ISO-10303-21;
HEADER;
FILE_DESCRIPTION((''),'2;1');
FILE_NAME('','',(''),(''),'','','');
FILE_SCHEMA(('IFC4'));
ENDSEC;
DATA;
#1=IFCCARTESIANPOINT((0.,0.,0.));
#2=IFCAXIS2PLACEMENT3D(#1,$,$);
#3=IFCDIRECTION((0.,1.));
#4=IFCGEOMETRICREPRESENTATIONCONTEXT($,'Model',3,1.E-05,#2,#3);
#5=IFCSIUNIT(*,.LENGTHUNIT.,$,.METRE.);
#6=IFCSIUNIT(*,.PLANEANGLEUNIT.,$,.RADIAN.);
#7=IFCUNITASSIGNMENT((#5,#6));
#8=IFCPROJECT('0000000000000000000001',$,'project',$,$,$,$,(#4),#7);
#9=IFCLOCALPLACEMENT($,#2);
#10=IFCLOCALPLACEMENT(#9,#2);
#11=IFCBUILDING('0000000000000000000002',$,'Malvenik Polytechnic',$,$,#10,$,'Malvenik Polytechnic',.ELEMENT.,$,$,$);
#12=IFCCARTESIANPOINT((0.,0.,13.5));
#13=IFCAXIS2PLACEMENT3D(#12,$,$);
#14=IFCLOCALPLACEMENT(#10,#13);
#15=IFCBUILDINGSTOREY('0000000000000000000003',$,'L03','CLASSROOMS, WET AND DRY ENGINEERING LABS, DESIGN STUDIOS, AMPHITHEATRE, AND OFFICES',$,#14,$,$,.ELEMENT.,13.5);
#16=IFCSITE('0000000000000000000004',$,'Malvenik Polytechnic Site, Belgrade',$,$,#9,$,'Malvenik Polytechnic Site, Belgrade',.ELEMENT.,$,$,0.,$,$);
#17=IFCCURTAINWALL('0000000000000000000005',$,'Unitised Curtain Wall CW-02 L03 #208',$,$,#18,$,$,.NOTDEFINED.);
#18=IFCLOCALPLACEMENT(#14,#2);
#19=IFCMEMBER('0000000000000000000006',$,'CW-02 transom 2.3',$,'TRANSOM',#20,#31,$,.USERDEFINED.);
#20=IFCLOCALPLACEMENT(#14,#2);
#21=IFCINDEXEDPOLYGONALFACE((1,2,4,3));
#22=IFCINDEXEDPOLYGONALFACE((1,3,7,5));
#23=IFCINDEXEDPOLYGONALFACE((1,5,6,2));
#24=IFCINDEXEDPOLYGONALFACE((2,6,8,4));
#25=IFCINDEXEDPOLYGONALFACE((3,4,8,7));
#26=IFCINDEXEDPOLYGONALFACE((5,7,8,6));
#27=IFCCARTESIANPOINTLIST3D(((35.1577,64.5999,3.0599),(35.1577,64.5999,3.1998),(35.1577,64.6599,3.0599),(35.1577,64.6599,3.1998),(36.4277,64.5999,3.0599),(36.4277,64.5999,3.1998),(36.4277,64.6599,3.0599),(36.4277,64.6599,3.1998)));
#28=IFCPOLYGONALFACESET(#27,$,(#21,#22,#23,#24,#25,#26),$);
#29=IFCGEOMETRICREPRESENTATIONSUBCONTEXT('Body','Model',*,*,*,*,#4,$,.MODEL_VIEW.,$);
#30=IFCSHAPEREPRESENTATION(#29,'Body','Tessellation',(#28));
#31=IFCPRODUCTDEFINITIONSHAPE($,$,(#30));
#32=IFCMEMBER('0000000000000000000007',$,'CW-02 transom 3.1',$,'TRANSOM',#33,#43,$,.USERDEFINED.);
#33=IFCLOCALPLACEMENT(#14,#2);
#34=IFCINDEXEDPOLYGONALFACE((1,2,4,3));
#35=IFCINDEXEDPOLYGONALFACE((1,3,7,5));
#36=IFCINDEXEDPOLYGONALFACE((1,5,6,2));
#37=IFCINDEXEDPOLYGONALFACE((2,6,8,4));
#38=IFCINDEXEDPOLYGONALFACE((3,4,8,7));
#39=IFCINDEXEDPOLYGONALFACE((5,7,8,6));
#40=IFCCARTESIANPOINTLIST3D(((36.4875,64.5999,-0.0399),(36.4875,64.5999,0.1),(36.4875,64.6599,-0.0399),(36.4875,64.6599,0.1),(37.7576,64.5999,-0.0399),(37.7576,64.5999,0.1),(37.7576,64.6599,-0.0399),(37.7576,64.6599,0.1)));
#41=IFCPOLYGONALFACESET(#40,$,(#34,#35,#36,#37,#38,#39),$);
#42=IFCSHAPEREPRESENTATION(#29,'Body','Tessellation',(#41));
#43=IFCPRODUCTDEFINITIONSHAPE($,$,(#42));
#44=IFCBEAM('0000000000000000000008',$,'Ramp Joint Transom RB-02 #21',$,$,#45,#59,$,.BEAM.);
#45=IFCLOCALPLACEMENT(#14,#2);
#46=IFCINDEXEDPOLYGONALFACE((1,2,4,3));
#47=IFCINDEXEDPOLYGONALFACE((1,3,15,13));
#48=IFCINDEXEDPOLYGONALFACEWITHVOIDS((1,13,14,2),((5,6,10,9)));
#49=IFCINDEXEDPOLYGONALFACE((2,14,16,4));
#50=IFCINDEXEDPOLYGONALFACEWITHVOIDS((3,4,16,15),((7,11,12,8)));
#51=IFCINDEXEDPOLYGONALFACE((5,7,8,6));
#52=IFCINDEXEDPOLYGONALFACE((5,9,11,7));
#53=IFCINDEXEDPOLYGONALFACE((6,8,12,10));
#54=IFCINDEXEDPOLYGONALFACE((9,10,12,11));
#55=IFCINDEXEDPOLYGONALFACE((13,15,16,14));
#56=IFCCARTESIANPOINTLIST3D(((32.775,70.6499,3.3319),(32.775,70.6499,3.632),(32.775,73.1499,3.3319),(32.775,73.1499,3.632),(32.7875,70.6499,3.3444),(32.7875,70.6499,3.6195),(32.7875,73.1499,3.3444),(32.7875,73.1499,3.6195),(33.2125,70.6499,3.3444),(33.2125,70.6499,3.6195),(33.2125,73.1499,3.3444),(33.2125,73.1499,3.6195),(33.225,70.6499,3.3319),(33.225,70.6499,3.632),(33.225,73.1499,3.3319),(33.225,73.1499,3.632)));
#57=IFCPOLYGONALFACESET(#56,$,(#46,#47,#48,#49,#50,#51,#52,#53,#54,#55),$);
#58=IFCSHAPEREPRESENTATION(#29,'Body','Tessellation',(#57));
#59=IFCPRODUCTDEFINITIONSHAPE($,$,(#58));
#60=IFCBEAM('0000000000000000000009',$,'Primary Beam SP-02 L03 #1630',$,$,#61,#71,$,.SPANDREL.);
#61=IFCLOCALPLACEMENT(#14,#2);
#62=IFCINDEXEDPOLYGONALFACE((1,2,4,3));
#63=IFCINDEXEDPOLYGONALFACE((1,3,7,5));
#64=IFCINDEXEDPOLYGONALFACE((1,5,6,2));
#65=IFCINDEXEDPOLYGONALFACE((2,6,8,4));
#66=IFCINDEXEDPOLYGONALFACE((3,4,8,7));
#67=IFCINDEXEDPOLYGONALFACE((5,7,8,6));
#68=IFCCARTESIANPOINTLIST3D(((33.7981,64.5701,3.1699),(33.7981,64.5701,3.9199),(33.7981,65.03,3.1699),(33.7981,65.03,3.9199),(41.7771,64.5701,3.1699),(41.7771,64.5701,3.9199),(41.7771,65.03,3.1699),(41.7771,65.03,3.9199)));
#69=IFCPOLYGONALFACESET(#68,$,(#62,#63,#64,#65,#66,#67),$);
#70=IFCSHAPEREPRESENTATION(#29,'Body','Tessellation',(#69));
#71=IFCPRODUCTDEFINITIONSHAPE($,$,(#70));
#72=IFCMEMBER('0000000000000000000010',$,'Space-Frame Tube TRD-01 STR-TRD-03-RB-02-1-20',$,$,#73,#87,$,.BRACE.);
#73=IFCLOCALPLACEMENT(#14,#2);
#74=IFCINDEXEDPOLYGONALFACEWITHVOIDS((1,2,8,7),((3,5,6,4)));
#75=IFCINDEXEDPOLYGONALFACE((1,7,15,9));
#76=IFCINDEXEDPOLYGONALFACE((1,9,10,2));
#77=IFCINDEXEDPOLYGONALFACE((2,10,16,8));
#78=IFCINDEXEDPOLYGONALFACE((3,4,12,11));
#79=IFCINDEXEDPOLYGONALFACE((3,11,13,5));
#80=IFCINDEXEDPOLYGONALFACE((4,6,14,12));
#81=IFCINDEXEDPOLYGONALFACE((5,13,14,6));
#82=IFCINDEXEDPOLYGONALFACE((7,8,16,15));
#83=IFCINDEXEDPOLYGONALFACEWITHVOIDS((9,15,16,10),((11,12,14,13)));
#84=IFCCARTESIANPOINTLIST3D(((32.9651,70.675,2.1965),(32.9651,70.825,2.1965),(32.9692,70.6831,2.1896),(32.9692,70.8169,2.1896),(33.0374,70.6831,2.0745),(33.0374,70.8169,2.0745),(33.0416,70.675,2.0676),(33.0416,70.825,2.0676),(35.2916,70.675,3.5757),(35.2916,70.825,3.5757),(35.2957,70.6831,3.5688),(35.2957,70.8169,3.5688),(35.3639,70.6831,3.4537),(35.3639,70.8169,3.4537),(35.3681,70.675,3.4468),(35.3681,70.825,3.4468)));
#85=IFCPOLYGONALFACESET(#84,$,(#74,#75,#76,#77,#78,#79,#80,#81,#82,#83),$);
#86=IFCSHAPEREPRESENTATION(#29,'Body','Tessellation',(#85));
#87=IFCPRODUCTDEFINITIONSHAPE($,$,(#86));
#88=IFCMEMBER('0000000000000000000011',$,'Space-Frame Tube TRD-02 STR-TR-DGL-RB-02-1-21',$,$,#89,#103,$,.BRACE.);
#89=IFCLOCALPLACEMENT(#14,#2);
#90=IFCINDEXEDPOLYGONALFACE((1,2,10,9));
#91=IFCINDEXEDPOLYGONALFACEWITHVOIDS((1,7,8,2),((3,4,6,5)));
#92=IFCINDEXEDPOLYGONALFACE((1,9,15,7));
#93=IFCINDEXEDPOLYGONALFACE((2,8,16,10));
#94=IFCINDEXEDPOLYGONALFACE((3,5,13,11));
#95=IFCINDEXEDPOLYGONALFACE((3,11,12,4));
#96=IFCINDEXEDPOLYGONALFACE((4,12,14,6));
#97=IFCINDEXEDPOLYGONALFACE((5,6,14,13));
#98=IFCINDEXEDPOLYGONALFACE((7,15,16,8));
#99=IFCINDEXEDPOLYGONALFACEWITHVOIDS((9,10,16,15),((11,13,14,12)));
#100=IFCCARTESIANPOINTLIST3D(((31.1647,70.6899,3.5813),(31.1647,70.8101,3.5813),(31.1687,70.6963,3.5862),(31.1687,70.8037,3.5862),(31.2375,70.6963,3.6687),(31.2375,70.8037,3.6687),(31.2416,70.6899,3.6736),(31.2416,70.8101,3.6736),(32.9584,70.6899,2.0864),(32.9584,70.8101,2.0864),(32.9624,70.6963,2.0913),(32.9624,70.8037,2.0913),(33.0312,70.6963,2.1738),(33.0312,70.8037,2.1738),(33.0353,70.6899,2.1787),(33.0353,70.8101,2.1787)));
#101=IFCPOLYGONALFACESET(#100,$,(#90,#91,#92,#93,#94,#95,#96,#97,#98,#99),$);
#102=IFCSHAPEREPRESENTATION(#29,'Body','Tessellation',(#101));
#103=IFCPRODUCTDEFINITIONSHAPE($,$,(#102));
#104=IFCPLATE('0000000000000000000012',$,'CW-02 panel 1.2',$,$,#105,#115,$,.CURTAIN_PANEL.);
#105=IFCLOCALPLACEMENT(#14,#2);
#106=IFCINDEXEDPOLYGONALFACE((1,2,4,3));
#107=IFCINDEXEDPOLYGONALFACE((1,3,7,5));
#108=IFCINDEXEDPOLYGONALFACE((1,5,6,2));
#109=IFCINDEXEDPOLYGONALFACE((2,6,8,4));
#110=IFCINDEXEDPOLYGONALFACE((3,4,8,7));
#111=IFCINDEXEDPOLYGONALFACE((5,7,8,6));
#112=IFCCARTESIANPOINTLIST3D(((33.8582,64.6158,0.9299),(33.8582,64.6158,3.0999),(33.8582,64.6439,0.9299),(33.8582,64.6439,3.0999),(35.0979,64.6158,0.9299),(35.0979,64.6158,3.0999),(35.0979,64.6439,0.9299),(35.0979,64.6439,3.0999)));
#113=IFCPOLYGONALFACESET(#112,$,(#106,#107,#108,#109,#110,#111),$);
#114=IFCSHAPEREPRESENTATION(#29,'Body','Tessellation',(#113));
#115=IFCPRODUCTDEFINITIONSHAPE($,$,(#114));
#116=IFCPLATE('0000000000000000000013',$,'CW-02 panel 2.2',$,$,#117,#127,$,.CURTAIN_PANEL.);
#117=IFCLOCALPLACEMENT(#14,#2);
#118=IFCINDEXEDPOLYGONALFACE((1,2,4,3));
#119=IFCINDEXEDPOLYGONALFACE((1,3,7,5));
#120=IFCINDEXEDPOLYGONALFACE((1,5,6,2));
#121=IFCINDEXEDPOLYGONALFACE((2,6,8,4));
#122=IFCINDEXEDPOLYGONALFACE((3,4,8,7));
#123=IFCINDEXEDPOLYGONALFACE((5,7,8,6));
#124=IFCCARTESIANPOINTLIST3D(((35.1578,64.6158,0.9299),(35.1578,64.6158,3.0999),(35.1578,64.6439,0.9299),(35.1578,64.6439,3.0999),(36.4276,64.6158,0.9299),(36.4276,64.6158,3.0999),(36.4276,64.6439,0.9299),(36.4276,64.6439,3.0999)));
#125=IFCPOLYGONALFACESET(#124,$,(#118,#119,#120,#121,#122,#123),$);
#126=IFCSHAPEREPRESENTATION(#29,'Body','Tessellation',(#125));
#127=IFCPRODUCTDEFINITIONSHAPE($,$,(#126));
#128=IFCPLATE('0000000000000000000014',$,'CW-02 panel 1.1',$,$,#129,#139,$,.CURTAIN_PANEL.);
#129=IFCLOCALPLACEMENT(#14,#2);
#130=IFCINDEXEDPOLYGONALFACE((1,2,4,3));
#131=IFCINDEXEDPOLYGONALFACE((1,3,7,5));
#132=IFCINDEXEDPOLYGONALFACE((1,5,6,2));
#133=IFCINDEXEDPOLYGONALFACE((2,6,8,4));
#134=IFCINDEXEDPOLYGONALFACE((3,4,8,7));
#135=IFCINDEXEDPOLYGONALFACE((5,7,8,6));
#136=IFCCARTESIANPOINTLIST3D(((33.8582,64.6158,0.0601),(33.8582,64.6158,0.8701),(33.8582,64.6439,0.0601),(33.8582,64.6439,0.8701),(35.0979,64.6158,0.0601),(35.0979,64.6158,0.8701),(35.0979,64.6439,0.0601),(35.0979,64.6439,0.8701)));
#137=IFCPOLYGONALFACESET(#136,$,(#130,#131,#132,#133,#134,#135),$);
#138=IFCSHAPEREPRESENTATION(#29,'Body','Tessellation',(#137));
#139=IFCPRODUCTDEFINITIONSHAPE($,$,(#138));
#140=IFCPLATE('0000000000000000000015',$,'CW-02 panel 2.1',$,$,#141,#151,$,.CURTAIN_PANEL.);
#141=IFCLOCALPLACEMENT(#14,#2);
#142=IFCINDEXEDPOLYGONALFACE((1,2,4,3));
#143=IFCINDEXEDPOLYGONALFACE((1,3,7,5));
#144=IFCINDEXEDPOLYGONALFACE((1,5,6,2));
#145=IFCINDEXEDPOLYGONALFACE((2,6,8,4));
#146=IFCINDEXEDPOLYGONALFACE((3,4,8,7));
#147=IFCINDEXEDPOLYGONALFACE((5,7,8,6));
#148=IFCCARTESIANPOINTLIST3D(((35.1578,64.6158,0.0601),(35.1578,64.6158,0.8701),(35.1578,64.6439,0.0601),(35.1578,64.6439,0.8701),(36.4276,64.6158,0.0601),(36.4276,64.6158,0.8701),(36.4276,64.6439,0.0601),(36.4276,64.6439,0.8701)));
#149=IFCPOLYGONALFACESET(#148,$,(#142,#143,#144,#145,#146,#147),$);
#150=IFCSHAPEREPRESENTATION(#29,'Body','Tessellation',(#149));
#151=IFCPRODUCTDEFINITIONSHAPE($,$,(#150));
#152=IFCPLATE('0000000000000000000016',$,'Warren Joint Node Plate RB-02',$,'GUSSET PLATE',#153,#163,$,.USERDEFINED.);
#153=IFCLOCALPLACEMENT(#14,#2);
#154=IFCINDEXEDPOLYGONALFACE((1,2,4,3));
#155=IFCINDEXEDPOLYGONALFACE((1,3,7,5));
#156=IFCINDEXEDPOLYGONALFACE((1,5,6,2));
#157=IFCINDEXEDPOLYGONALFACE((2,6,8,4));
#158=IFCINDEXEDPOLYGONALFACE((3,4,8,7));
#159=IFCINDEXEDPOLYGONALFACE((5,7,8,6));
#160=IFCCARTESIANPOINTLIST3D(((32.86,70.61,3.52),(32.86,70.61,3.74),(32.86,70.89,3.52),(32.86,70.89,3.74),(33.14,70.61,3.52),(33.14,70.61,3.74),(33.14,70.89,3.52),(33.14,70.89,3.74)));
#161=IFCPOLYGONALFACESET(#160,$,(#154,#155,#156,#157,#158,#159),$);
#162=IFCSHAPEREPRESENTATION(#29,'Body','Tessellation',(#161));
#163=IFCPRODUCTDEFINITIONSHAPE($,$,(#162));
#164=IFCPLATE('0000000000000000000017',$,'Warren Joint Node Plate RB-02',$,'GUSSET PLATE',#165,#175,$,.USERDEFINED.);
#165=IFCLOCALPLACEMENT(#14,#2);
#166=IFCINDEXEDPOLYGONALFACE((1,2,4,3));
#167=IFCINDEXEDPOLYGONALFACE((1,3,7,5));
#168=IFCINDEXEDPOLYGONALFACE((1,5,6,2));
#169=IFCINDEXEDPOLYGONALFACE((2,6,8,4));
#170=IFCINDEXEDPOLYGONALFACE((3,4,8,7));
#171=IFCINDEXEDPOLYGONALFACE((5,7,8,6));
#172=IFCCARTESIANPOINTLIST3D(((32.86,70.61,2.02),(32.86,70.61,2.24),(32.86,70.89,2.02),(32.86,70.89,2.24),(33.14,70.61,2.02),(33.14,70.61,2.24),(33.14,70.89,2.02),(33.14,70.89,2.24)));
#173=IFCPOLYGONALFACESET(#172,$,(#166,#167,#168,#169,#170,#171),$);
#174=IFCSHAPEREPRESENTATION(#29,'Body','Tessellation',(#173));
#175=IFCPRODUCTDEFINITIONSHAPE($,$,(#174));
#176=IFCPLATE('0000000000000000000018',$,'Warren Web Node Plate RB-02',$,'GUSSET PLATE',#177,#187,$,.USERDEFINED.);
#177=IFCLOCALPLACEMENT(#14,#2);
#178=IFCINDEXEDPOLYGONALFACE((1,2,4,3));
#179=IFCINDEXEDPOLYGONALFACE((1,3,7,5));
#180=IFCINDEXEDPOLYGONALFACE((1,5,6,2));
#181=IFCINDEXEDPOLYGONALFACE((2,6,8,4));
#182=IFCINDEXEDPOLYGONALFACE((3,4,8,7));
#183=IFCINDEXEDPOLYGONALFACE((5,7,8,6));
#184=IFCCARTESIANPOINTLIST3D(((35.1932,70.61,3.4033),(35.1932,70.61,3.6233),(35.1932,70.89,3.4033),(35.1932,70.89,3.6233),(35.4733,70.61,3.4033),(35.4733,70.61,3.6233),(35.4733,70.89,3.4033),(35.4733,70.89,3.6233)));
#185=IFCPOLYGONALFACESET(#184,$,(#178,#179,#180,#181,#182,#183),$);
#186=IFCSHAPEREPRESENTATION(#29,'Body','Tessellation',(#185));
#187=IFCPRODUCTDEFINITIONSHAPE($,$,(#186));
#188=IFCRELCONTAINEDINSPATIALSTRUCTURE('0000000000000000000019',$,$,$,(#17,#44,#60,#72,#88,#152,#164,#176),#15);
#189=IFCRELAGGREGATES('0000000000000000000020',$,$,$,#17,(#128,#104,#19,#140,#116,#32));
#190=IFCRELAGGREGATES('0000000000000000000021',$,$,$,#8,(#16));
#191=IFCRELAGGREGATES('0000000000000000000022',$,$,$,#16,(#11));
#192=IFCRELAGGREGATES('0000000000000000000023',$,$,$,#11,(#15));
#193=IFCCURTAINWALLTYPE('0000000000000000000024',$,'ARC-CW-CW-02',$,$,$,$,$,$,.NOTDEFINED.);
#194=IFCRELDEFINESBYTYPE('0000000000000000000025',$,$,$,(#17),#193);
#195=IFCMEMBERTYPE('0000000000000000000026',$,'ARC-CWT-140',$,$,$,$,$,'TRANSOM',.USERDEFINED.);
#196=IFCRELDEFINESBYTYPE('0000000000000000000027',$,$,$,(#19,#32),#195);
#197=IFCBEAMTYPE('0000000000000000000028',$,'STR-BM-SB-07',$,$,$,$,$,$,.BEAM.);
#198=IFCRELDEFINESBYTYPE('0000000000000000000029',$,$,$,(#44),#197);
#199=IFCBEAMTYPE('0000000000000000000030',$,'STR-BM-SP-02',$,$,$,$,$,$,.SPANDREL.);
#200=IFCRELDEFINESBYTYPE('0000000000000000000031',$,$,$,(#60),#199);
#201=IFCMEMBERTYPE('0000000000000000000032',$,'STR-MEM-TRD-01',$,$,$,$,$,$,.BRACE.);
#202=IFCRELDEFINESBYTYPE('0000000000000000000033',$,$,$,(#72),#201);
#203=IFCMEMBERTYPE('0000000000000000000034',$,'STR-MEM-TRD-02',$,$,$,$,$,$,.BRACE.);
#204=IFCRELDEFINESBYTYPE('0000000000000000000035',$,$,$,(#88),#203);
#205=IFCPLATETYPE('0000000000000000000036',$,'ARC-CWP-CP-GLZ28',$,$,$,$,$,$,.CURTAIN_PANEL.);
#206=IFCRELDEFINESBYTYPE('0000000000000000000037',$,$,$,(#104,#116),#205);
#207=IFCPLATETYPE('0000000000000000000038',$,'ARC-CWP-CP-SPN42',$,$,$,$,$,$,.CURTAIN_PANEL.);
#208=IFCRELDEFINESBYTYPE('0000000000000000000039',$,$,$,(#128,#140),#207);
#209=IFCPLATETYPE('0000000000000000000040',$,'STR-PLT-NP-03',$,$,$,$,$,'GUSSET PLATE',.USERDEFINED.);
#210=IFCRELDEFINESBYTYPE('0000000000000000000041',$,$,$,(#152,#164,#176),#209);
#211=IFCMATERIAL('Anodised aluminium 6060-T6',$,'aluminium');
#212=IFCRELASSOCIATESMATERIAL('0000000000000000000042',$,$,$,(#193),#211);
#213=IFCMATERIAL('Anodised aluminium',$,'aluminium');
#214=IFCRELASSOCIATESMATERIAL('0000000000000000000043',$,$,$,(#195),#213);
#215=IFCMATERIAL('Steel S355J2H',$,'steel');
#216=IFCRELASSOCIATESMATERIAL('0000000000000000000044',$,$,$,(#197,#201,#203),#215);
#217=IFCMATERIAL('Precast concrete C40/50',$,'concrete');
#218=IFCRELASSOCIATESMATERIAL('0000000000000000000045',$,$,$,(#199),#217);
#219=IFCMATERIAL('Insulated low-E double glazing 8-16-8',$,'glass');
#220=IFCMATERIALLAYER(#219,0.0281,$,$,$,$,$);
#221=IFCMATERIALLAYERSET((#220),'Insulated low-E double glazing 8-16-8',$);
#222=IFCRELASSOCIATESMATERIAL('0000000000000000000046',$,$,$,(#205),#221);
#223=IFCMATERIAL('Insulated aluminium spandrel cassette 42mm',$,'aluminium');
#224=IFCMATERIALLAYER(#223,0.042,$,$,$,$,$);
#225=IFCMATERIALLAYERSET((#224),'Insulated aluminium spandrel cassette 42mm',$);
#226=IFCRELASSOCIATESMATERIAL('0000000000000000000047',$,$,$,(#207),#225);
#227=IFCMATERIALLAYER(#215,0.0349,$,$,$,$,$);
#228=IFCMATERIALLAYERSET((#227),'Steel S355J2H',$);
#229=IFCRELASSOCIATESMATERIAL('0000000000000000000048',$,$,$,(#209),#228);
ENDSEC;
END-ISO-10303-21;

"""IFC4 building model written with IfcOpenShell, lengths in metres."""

from ifc_helpers import new_model, si_unit, direction, frame, origin, origin_2d, place, context, subcontext, project, spatial, rectangle, hollow_rectangle, extrude, material, layer, layer_set, material_profile, profile_set, type_object, element, aggregate, save


model = new_model("IFC4")

# Units and contexts
model_context = context("Model", 3, precision=1e-05, world=origin(), true_north=direction((0.0, 1.0)))
body_context = subcontext(model_context, "Body", "Model", "MODEL_VIEW")
ifc_project = project(units=[si_unit("LENGTHUNIT", "METRE"), si_unit("PLANEANGLEUNIT", "RADIAN")], contexts=[model_context])

# Site, building, storey
site_placement = place(None, origin())
site = spatial("IfcSite", under=ifc_project, at=site_placement, Name="Malvenik Polytechnic Site, Belgrade", LongName="Malvenik Polytechnic Site, Belgrade", CompositionType="ELEMENT", RefElevation=0.0)
building_placement = place(site_placement, origin())
building = spatial("IfcBuilding", under=site, at=building_placement, Name="Malvenik Polytechnic", LongName="Malvenik Polytechnic", CompositionType="ELEMENT")
storey_placement = place(building_placement, frame((0.0, 0.0, 13.5)))
storey = spatial("IfcBuildingStorey", under=building, at=storey_placement, Name="L03", Description="CLASSROOMS, WET AND DRY ENGINEERING LABS, DESIGN STUDIOS, AMPHITHEATRE, AND OFFICES", CompositionType="ELEMENT", Elevation=13.5)

# Shared definitions
ifc_material_1 = material(Name="Steel S355J2H", Category="steel")

# Curtain wall
ifc_material_2 = material(Name="Anodised aluminium 6060-T6", Category="aluminium")
curtain_wall_type = type_object("IfcCurtainWallType", Name="ARC-CW-CW-02", PredefinedType="NOTDEFINED", material=ifc_material_2)
curtain_wall_1_placement = place(storey_placement, origin())
curtain_wall_1 = element("IfcCurtainWall", 1, at=curtain_wall_1_placement, inside=storey, type_object=curtain_wall_type, Name="Unitised Curtain Wall CW-02 L03 #208", PredefinedType="NOTDEFINED")
ifc_material_3 = material(Name="Anodised aluminium", Category="aluminium")

# Members
ifc_material_profile_1 = material_profile(ifc_material_3, rectangle(XDim=0.0601, YDim=0.1399, at=origin_2d()), Name="ALU TRANSOM 60x140")
ifc_profile_set_1 = profile_set([ifc_material_profile_1], Name="Anodised aluminium")
member_type_1 = type_object("IfcMemberType", Name="ARC-CWT-140", ElementType="TRANSOM", PredefinedType="USERDEFINED", material=ifc_profile_set_1)
member_1_placement = place(storey_placement, frame((35.1577, 64.6299, 3.1299), z_axis=(1.0, 0.0, 0.0), x_axis=(0.0, 1.0, 0.0)))
member_1 = element("IfcMember", 2, at=member_1_placement, type_object=member_type_1, Name="CW-02 transom 2.3", ObjectType="TRANSOM", PredefinedType="USERDEFINED", context=body_context, shape_type="SweptSolid", body=[
    extrude(rectangle(XDim=0.0601, YDim=0.1399, at=origin_2d()), origin(), (0.0, 0.0, 1.0), 1.27),
])
member_2_placement = place(storey_placement, frame((36.4875, 64.6299, 0.03), z_axis=(1.0, 0.0, 0.0), x_axis=(0.0, 1.0, 0.0)))
member_2 = element("IfcMember", 3, at=member_2_placement, type_object=member_type_1, Name="CW-02 transom 3.1", ObjectType="TRANSOM", PredefinedType="USERDEFINED", context=body_context, shape_type="SweptSolid", body=[
    extrude(rectangle(XDim=0.0601, YDim=0.1399, at=origin_2d()), origin(), (0.0, 0.0, 1.0), 1.27),
])

# Beams
ifc_material_profile_2 = material_profile(ifc_material_1, hollow_rectangle(XDim=0.45, YDim=0.3, WallThickness=0.0125, at=origin_2d()), Name="RHS 450x300x12.5")
ifc_profile_set_2 = profile_set([ifc_material_profile_2], Name="Steel S355J2H")
beam_type_1 = type_object("IfcBeamType", Name="STR-BM-SB-07", PredefinedType="BEAM", material=ifc_profile_set_2)
beam_1_placement = place(storey_placement, frame((33.0, 70.6499, 3.4819), z_axis=(0.0, 1.0, 0.0), x_axis=(-1.0, 0.0, 0.0)))
element("IfcBeam", 4, at=beam_1_placement, inside=storey, type_object=beam_type_1, Name="Ramp Joint Transom RB-02 #21", PredefinedType="BEAM", context=body_context, shape_type="SweptSolid", body=[
    extrude(hollow_rectangle(XDim=0.45, YDim=0.3, WallThickness=0.0125, at=origin_2d()), origin(), (0.0, 0.0, 1.0), 2.5),
])
ifc_material_4 = material(Name="Precast concrete C40/50", Category="concrete")
ifc_material_profile_3 = material_profile(ifc_material_4, rectangle(XDim=0.46, YDim=0.75, at=origin_2d()), Name="PC SPN 460x750")
ifc_profile_set_3 = profile_set([ifc_material_profile_3], Name="Precast concrete C40/50")
beam_type_2 = type_object("IfcBeamType", Name="STR-BM-SP-02", PredefinedType="SPANDREL", material=ifc_profile_set_3)
beam_2_placement = place(storey_placement, frame((33.7981, 64.8, 3.5449), z_axis=(1.0, 0.0, 0.0), x_axis=(0.0, 1.0, 0.0)))
element("IfcBeam", 5, at=beam_2_placement, inside=storey, type_object=beam_type_2, Name="Primary Beam SP-02 L03 #1630", PredefinedType="SPANDREL", context=body_context, shape_type="SweptSolid", body=[
    extrude(rectangle(XDim=0.46, YDim=0.75, at=origin_2d()), origin(), (0.0, 0.0, 1.0), 7.979),
])

# Members
ifc_material_profile_4 = material_profile(ifc_material_1, hollow_rectangle(XDim=0.1499, YDim=0.1499, WallThickness=0.0081, at=origin_2d()), Name="SHS 150x150x8.0")
ifc_profile_set_4 = profile_set([ifc_material_profile_4], Name="Steel S355J2H")
member_type_2 = type_object("IfcMemberType", Name="STR-MEM-TRD-01", PredefinedType="BRACE", material=ifc_profile_set_4)
member_3_placement = place(storey_placement, frame((35.3298, 70.75, 3.5112), z_axis=(-0.860205, 0.0, -0.509948), x_axis=(0.0, -1.0, 0.0)))
element("IfcMember", 6, at=member_3_placement, inside=storey, type_object=member_type_2, Name="Space-Frame Tube TRD-01 STR-TRD-03-RB-02-1-20", PredefinedType="BRACE", context=body_context, shape_type="SweptSolid", body=[
    extrude(hollow_rectangle(XDim=0.1499, YDim=0.1499, WallThickness=0.0081, at=origin_2d()), origin(), (0.0, 0.0, 1.0), 2.7046),
])
ifc_material_profile_5 = material_profile(ifc_material_1, hollow_rectangle(XDim=0.1201, YDim=0.1201, WallThickness=0.0063, at=origin_2d()), Name="SHS 120x120x6.3")
ifc_profile_set_5 = profile_set([ifc_material_profile_5], Name="Steel S355J2H")
member_type_3 = type_object("IfcMemberType", Name="STR-MEM-TRD-02", PredefinedType="BRACE", material=ifc_profile_set_5)
member_4_placement = place(storey_placement, frame((32.9968, 70.75, 2.1326), z_axis=(-0.768196, 0.0, 0.640215), x_axis=(0.0, -1.0, 0.0)))
element("IfcMember", 7, at=member_4_placement, inside=storey, type_object=member_type_3, Name="Space-Frame Tube TRD-02 STR-TR-DGL-RB-02-1-21", PredefinedType="BRACE", context=body_context, shape_type="SweptSolid", body=[
    extrude(hollow_rectangle(XDim=0.1201, YDim=0.1201, WallThickness=0.0063, at=origin_2d()), origin(), (0.0, 0.0, 1.0), 2.335),
])

# Plates
ifc_material_5 = material(Name="Insulated low-E double glazing 8-16-8", Category="glass")
ifc_layer_1 = layer(ifc_material_5, 0.0281)
ifc_layer_set_1 = layer_set([ifc_layer_1], Name="Insulated low-E double glazing 8-16-8")
plate_type_1 = type_object("IfcPlateType", Name="ARC-CWP-CP-GLZ28", PredefinedType="CURTAIN_PANEL", material=ifc_layer_set_1)
plate_1_placement = place(storey_placement, frame((34.478, 64.6299, 0.9299), z_axis=(0.0, 0.0, 1.0), x_axis=(1.0, 0.0, 0.0)))
plate_1 = element("IfcPlate", 8, at=plate_1_placement, type_object=plate_type_1, Name="CW-02 panel 1.2", PredefinedType="CURTAIN_PANEL", context=body_context, shape_type="SweptSolid", body=[
    extrude(rectangle(XDim=1.2397, YDim=0.0281, at=origin_2d()), origin(), (0.0, 0.0, 1.0), 2.1699),
])
plate_2_placement = place(storey_placement, frame((35.7927, 64.6299, 0.9299), z_axis=(0.0, 0.0, 1.0), x_axis=(1.0, 0.0, 0.0)))
plate_2 = element("IfcPlate", 9, at=plate_2_placement, type_object=plate_type_1, Name="CW-02 panel 2.2", PredefinedType="CURTAIN_PANEL", context=body_context, shape_type="SweptSolid", body=[
    extrude(rectangle(XDim=1.2698, YDim=0.0281, at=origin_2d()), origin(), (0.0, 0.0, 1.0), 2.1699),
])
ifc_material_6 = material(Name="Insulated aluminium spandrel cassette 42mm", Category="aluminium")
ifc_layer_2 = layer(ifc_material_6, 0.042)
ifc_layer_set_2 = layer_set([ifc_layer_2], Name="Insulated aluminium spandrel cassette 42mm")
plate_type_2 = type_object("IfcPlateType", Name="ARC-CWP-CP-SPN42", PredefinedType="CURTAIN_PANEL", material=ifc_layer_set_2)
plate_3_placement = place(storey_placement, frame((34.478, 64.6299, 0.0601), z_axis=(0.0, 0.0, 1.0), x_axis=(1.0, 0.0, 0.0)))
plate_3 = element("IfcPlate", 10, at=plate_3_placement, type_object=plate_type_2, Name="CW-02 panel 1.1", PredefinedType="CURTAIN_PANEL", context=body_context, shape_type="SweptSolid", body=[
    extrude(rectangle(XDim=1.2397, YDim=0.0281, at=origin_2d()), origin(), (0.0, 0.0, 1.0), 0.8101),
])
plate_4_placement = place(storey_placement, frame((35.7927, 64.6299, 0.0601), z_axis=(0.0, 0.0, 1.0), x_axis=(1.0, 0.0, 0.0)))
plate_4 = element("IfcPlate", 11, at=plate_4_placement, type_object=plate_type_2, Name="CW-02 panel 2.1", PredefinedType="CURTAIN_PANEL", context=body_context, shape_type="SweptSolid", body=[
    extrude(rectangle(XDim=1.2698, YDim=0.0281, at=origin_2d()), origin(), (0.0, 0.0, 1.0), 0.8101),
])
aggregate(curtain_wall_1, [plate_3, plate_1, member_1, plate_4, plate_2, member_2])

# Plates
ifc_layer_3 = layer(ifc_material_1, 0.0349)
ifc_layer_set_3 = layer_set([ifc_layer_3], Name="Steel S355J2H")
plate_type_3 = type_object("IfcPlateType", Name="STR-PLT-NP-03", ElementType="GUSSET PLATE", PredefinedType="USERDEFINED", material=ifc_layer_set_3)
for number, where, z_axis, x_axis, name in (
    (12, (33.0, 70.75, 3.52), (0.0, 0.0, 1.0), (1.0, 0.0, 0.0), "Warren Joint Node Plate RB-02"),
    (13, (33.0, 70.75, 2.02), (0.0, 0.0, 1.0), (1.0, 0.0, 0.0), "Warren Joint Node Plate RB-02"),
    (14, (35.3333, 70.75, 3.4033), (0.0, 0.0, 1.0), (1.0, 0.0, 0.0), "Warren Web Node Plate RB-02"),
):
    element("IfcPlate", number, at=place(storey_placement, frame(where, z_axis=z_axis, x_axis=x_axis)), inside=storey, type_object=plate_type_3, Name=name, ObjectType="GUSSET PLATE", PredefinedType="USERDEFINED", context=body_context, shape_type="SweptSolid", body=[
        extrude(rectangle(XDim=0.28, YDim=0.28, at=origin_2d()), origin(), (0.0, 0.0, 1.0), 0.22),
    ])

save(model, "model.ifc")
